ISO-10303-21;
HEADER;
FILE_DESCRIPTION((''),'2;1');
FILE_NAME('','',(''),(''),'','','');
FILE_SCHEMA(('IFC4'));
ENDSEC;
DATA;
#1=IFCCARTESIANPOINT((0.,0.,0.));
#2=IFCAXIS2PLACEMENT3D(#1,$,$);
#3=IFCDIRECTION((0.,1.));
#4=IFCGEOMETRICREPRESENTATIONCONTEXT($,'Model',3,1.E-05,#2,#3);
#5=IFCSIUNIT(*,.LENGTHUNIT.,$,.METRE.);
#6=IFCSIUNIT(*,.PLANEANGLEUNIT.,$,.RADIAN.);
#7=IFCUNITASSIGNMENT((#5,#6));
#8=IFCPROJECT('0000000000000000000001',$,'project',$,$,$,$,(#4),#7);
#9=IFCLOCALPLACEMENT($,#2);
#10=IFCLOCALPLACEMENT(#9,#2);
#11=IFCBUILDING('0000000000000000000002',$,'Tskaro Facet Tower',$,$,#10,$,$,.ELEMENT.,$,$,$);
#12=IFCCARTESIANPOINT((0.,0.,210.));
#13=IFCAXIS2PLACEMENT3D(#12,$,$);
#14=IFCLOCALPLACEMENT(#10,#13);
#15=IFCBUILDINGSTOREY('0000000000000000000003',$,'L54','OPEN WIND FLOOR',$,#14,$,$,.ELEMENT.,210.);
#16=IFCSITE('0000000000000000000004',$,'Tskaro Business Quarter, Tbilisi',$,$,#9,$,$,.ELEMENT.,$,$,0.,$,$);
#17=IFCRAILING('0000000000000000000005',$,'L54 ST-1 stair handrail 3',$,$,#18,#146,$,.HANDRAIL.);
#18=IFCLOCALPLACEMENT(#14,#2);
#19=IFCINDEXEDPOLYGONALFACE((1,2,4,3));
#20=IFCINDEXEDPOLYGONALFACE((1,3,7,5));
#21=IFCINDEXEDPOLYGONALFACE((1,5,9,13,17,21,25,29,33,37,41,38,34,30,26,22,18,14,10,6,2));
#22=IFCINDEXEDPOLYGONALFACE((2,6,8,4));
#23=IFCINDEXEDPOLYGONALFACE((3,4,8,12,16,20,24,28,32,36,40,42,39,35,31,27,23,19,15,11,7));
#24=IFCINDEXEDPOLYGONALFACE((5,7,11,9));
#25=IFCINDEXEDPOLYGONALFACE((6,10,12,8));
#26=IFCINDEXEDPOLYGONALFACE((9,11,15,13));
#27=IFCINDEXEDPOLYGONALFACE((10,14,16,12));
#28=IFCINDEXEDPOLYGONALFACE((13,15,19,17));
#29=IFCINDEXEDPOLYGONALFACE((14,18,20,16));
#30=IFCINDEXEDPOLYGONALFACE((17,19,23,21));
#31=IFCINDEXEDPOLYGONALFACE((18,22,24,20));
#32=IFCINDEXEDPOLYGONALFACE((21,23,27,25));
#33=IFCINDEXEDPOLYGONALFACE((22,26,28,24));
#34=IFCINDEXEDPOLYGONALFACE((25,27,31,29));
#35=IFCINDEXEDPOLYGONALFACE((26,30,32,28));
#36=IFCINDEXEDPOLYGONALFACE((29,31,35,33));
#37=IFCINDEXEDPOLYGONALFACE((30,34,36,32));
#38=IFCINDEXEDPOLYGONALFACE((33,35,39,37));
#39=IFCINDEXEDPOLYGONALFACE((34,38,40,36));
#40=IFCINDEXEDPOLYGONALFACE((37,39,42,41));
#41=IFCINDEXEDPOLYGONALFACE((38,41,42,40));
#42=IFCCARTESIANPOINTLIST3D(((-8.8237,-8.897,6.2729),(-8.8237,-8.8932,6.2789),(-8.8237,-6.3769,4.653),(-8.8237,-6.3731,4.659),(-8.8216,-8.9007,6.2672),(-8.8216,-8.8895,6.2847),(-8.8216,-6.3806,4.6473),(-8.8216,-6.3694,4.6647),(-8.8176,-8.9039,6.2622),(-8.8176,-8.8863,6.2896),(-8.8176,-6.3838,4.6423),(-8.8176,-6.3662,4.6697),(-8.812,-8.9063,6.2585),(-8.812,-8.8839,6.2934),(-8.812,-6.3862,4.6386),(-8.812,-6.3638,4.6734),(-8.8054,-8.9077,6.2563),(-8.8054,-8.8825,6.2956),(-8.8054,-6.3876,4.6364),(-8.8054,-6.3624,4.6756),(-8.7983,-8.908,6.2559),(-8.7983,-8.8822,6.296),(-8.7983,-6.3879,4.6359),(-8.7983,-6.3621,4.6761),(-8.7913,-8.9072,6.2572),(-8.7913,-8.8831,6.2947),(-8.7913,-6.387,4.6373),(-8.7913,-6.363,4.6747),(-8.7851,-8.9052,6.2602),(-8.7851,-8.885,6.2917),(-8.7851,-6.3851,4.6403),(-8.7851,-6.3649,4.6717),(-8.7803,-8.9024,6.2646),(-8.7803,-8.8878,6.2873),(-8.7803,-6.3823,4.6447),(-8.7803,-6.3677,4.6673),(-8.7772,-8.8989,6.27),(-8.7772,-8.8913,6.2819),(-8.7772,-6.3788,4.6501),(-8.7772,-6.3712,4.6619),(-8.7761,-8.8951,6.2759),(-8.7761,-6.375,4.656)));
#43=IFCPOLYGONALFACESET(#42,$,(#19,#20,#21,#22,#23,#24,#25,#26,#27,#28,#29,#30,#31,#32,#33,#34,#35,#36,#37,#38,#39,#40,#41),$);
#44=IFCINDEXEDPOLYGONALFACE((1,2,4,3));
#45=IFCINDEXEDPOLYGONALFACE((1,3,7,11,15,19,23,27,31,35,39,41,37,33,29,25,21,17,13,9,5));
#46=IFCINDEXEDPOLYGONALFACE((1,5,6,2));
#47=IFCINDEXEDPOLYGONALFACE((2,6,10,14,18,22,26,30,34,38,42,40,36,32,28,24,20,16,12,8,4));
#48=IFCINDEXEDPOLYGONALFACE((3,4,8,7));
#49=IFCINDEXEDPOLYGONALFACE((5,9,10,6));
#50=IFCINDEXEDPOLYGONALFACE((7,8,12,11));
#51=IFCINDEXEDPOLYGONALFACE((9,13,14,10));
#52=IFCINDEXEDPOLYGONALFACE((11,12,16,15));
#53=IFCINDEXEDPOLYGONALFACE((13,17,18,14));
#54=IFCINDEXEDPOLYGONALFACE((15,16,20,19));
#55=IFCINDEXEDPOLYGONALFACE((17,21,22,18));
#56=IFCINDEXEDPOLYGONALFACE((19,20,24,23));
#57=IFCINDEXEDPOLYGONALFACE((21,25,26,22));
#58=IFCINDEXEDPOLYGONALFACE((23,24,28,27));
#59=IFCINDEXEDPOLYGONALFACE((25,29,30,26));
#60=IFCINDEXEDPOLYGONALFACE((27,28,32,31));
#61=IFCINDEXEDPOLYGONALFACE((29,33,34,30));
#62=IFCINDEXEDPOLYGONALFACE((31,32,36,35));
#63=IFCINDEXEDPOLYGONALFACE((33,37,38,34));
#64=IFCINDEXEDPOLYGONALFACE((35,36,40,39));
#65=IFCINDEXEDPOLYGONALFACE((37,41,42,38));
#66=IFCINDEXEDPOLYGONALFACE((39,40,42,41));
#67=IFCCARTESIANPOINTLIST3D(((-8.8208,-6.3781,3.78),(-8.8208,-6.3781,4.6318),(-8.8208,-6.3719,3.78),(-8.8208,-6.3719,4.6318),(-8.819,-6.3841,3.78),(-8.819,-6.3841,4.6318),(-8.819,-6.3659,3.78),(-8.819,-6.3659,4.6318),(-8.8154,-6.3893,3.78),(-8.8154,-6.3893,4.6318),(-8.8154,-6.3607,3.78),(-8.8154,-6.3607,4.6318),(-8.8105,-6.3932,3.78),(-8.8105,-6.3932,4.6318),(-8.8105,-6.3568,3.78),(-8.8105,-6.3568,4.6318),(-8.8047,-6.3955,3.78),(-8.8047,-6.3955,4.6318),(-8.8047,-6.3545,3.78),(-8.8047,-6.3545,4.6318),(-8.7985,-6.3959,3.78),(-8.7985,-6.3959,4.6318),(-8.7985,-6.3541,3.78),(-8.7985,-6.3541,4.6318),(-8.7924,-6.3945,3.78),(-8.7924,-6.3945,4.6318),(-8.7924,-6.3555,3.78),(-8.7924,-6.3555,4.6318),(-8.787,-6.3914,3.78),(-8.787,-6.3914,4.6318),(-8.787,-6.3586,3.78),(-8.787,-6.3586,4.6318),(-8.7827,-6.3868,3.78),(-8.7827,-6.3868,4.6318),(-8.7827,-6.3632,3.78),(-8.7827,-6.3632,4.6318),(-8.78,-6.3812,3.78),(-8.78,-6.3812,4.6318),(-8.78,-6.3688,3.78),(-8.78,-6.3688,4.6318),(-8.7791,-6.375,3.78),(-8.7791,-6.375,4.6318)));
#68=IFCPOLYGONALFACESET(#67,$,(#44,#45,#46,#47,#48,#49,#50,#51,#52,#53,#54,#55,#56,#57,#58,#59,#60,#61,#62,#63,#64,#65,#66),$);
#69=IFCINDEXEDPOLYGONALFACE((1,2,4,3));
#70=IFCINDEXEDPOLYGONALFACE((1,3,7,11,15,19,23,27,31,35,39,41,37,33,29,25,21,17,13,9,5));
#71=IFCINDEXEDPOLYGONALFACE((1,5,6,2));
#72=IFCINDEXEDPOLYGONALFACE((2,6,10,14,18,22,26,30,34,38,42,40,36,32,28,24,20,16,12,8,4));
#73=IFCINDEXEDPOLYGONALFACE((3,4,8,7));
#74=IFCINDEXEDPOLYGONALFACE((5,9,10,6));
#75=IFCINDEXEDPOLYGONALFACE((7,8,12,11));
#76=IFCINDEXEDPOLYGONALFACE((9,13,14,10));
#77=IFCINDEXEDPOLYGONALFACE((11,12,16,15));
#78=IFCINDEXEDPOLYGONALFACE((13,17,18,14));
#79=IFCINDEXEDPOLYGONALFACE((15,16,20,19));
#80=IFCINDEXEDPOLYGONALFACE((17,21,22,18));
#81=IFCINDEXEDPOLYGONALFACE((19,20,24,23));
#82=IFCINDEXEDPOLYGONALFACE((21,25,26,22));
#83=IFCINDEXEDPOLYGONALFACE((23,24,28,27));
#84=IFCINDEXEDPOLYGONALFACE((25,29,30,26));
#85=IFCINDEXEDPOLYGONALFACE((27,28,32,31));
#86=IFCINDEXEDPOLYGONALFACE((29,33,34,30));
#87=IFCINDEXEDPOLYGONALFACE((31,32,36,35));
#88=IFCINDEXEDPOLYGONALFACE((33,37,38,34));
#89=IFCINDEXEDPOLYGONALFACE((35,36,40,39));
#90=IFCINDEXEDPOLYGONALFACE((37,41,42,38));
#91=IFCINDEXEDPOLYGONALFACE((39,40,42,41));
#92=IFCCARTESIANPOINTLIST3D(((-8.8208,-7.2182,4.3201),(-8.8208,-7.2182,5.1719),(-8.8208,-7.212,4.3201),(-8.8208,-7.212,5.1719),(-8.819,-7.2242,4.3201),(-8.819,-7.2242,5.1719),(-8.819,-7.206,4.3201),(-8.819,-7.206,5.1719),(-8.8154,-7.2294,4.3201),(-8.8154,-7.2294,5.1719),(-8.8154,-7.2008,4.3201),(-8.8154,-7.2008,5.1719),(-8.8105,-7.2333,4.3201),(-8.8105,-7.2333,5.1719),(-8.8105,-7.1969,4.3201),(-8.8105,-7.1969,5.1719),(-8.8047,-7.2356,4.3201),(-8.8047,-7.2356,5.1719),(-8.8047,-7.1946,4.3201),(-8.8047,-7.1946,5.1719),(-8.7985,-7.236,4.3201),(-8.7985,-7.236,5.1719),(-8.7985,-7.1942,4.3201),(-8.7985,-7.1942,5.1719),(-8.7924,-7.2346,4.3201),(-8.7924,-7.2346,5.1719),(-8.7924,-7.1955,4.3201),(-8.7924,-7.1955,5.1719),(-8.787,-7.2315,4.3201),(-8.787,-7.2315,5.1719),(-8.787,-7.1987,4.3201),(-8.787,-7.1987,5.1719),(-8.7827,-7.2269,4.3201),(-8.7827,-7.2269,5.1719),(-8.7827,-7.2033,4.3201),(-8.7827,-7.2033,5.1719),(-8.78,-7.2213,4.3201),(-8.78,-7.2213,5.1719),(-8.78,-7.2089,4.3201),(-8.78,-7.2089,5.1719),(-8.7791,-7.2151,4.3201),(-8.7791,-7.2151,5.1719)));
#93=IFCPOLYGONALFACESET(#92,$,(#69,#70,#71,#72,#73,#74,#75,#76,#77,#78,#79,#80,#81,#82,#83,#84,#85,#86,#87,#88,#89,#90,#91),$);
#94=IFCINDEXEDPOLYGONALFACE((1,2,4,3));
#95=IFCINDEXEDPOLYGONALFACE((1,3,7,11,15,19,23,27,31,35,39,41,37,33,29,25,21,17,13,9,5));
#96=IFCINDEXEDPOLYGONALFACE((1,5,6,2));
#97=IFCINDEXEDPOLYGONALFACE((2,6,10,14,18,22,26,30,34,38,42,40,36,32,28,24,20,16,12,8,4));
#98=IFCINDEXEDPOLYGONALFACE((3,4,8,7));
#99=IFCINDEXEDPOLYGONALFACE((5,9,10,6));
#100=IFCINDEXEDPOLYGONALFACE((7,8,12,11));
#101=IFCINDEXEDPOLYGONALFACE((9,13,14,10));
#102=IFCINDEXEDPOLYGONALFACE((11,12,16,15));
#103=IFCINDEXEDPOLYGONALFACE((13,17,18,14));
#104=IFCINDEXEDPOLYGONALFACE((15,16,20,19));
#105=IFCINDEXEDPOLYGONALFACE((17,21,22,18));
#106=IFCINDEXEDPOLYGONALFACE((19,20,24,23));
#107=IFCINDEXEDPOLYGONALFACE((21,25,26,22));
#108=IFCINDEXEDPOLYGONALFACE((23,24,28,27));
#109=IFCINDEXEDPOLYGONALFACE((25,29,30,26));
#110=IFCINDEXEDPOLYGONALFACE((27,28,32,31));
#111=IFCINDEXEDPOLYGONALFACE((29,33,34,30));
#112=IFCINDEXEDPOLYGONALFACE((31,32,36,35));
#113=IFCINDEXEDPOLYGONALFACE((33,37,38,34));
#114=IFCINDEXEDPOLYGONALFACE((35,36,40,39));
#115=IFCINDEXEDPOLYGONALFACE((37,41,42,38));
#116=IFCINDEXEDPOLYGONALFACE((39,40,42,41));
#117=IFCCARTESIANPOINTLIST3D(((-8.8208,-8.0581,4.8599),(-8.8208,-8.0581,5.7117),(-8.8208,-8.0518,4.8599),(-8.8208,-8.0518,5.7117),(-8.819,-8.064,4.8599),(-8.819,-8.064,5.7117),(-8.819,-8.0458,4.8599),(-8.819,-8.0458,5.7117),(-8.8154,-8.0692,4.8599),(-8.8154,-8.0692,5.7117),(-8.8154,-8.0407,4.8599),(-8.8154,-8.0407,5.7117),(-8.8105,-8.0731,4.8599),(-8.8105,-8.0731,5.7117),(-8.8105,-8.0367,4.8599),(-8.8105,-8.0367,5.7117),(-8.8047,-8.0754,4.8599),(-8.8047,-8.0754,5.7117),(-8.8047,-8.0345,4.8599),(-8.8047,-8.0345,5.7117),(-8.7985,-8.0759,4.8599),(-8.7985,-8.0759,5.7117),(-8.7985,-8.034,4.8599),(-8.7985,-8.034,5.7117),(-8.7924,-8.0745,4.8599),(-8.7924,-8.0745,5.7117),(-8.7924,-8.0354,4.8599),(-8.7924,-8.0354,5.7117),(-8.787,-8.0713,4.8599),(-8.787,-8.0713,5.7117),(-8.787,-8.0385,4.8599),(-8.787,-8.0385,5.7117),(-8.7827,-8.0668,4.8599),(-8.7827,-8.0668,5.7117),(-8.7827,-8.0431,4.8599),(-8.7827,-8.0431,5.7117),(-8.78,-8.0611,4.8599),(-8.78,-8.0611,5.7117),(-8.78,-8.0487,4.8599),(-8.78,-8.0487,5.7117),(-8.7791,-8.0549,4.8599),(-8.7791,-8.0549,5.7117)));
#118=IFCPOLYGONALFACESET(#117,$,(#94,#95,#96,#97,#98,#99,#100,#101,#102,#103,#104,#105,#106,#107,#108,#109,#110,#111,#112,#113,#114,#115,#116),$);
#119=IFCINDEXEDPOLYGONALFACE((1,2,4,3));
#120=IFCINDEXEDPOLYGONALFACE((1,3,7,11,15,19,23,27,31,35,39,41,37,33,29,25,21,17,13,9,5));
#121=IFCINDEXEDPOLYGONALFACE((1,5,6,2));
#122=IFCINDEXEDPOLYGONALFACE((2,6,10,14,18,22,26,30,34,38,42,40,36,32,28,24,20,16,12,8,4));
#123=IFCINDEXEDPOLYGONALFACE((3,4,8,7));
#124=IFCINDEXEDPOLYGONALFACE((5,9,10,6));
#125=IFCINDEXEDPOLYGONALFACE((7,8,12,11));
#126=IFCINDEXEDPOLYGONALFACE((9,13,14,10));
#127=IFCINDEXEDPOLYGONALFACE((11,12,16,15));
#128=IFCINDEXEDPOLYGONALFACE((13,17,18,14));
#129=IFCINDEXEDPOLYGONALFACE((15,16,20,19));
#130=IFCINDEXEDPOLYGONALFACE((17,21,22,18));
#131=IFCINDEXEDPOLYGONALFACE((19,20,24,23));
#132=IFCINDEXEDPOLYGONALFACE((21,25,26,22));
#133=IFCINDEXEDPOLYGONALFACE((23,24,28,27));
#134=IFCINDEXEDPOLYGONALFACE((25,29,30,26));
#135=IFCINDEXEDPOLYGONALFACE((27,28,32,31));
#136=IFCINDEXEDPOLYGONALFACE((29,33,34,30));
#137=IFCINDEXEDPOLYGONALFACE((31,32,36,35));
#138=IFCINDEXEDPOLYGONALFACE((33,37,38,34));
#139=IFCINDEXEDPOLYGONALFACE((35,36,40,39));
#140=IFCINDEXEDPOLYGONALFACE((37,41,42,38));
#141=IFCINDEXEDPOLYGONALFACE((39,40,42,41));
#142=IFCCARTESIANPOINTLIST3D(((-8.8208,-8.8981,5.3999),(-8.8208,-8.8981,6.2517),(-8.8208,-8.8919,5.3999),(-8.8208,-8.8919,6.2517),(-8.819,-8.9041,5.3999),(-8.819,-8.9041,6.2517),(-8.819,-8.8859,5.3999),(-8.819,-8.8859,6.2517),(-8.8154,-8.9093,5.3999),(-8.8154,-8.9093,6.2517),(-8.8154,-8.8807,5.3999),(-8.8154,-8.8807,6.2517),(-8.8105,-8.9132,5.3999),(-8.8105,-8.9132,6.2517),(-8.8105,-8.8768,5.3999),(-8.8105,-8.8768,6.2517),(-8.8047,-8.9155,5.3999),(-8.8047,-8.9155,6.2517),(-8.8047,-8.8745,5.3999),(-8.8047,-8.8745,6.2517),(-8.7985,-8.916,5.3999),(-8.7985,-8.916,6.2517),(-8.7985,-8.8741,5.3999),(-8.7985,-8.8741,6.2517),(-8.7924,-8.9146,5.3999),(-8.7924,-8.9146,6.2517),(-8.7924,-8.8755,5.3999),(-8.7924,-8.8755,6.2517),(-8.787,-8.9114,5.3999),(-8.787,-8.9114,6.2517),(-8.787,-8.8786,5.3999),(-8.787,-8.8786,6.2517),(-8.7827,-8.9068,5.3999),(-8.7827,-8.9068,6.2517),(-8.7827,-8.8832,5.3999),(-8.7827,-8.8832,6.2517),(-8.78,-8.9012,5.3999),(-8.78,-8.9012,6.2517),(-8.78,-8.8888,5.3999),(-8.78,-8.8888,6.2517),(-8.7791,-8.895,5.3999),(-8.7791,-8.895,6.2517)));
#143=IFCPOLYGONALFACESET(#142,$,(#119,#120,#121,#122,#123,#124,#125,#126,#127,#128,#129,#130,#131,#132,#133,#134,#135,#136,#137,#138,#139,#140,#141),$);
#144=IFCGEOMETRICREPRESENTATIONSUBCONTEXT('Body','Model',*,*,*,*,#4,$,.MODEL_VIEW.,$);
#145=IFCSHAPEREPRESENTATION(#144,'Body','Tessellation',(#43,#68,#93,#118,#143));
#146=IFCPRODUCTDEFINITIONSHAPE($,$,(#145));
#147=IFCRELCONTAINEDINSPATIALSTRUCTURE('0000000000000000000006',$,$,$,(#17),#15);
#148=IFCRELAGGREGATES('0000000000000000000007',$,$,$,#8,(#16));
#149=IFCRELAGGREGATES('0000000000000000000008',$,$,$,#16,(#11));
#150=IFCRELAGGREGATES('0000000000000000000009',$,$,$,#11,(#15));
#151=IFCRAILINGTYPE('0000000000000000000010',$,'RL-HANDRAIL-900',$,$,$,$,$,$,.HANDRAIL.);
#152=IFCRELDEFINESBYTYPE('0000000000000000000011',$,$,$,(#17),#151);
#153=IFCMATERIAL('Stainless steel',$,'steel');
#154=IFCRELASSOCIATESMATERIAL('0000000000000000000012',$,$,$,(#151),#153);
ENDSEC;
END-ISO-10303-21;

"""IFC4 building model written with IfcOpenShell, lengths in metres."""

from ifc_helpers import new_model, si_unit, direction, frame, origin, origin_2d, place, context, subcontext, project, spatial, circle, extrude, material, type_object, element, save


model = new_model("IFC4")

# Units and contexts
model_context = context("Model", 3, precision=1e-05, world=origin(), true_north=direction((0.0, 1.0)))
body_context = subcontext(model_context, "Body", "Model", "MODEL_VIEW")
ifc_project = project(units=[si_unit("LENGTHUNIT", "METRE"), si_unit("PLANEANGLEUNIT", "RADIAN")], contexts=[model_context])

# Site, building, storey
site_placement = place(None, origin())
site = spatial("IfcSite", under=ifc_project, at=site_placement, Name="Tskaro Business Quarter, Tbilisi", CompositionType="ELEMENT", RefElevation=0.0)
building_placement = place(site_placement, origin())
building = spatial("IfcBuilding", under=site, at=building_placement, Name="Tskaro Facet Tower", CompositionType="ELEMENT")
storey_placement = place(building_placement, frame((0.0, 0.0, 210.0)))
storey = spatial("IfcBuildingStorey", under=building, at=storey_placement, Name="L54", Description="OPEN WIND FLOOR", CompositionType="ELEMENT", Elevation=210.0)

# Shared definitions
ifc_material_1 = material(Name="Stainless steel", Category="steel")

# Railing
railing_type_1 = type_object("IfcRailingType", Name="RL-HANDRAIL-900", PredefinedType="HANDRAIL", material=ifc_material_1)
railing_1_placement = place(storey_placement, frame((-8.8, -6.375, 3.78)))
element("IfcRailing", 1, at=railing_1_placement, inside=storey, type_object=railing_type_1, Name="L54 ST-1 stair handrail 3", PredefinedType="HANDRAIL", context=body_context, shape_type="SweptSolid", body=[
    extrude(circle(Radius=0.0239, at=origin_2d()), frame((0.0, 0.0, 0.876), z_axis=(0.0, -0.8412, 0.540725), x_axis=(1.0, 0.0, 0.0)), (0.0, 0.0, 1.0), 2.9958),
    extrude(circle(Radius=0.021, at=origin_2d()), origin(), (0.0, 0.0, 1.0), 0.8518),
    extrude(circle(Radius=0.021, at=origin_2d()), frame((0.0, -0.8401, 0.54)), (0.0, 0.0, 1.0), 0.8518),
    extrude(circle(Radius=0.021, at=origin_2d()), frame((0.0, -1.6799, 1.0798)), (0.0, 0.0, 1.0), 0.8518),
    extrude(circle(Radius=0.021, at=origin_2d()), frame((0.0, -2.52, 1.6199)), (0.0, 0.0, 1.0), 0.8518),
])

save(model, "model.ifc")
